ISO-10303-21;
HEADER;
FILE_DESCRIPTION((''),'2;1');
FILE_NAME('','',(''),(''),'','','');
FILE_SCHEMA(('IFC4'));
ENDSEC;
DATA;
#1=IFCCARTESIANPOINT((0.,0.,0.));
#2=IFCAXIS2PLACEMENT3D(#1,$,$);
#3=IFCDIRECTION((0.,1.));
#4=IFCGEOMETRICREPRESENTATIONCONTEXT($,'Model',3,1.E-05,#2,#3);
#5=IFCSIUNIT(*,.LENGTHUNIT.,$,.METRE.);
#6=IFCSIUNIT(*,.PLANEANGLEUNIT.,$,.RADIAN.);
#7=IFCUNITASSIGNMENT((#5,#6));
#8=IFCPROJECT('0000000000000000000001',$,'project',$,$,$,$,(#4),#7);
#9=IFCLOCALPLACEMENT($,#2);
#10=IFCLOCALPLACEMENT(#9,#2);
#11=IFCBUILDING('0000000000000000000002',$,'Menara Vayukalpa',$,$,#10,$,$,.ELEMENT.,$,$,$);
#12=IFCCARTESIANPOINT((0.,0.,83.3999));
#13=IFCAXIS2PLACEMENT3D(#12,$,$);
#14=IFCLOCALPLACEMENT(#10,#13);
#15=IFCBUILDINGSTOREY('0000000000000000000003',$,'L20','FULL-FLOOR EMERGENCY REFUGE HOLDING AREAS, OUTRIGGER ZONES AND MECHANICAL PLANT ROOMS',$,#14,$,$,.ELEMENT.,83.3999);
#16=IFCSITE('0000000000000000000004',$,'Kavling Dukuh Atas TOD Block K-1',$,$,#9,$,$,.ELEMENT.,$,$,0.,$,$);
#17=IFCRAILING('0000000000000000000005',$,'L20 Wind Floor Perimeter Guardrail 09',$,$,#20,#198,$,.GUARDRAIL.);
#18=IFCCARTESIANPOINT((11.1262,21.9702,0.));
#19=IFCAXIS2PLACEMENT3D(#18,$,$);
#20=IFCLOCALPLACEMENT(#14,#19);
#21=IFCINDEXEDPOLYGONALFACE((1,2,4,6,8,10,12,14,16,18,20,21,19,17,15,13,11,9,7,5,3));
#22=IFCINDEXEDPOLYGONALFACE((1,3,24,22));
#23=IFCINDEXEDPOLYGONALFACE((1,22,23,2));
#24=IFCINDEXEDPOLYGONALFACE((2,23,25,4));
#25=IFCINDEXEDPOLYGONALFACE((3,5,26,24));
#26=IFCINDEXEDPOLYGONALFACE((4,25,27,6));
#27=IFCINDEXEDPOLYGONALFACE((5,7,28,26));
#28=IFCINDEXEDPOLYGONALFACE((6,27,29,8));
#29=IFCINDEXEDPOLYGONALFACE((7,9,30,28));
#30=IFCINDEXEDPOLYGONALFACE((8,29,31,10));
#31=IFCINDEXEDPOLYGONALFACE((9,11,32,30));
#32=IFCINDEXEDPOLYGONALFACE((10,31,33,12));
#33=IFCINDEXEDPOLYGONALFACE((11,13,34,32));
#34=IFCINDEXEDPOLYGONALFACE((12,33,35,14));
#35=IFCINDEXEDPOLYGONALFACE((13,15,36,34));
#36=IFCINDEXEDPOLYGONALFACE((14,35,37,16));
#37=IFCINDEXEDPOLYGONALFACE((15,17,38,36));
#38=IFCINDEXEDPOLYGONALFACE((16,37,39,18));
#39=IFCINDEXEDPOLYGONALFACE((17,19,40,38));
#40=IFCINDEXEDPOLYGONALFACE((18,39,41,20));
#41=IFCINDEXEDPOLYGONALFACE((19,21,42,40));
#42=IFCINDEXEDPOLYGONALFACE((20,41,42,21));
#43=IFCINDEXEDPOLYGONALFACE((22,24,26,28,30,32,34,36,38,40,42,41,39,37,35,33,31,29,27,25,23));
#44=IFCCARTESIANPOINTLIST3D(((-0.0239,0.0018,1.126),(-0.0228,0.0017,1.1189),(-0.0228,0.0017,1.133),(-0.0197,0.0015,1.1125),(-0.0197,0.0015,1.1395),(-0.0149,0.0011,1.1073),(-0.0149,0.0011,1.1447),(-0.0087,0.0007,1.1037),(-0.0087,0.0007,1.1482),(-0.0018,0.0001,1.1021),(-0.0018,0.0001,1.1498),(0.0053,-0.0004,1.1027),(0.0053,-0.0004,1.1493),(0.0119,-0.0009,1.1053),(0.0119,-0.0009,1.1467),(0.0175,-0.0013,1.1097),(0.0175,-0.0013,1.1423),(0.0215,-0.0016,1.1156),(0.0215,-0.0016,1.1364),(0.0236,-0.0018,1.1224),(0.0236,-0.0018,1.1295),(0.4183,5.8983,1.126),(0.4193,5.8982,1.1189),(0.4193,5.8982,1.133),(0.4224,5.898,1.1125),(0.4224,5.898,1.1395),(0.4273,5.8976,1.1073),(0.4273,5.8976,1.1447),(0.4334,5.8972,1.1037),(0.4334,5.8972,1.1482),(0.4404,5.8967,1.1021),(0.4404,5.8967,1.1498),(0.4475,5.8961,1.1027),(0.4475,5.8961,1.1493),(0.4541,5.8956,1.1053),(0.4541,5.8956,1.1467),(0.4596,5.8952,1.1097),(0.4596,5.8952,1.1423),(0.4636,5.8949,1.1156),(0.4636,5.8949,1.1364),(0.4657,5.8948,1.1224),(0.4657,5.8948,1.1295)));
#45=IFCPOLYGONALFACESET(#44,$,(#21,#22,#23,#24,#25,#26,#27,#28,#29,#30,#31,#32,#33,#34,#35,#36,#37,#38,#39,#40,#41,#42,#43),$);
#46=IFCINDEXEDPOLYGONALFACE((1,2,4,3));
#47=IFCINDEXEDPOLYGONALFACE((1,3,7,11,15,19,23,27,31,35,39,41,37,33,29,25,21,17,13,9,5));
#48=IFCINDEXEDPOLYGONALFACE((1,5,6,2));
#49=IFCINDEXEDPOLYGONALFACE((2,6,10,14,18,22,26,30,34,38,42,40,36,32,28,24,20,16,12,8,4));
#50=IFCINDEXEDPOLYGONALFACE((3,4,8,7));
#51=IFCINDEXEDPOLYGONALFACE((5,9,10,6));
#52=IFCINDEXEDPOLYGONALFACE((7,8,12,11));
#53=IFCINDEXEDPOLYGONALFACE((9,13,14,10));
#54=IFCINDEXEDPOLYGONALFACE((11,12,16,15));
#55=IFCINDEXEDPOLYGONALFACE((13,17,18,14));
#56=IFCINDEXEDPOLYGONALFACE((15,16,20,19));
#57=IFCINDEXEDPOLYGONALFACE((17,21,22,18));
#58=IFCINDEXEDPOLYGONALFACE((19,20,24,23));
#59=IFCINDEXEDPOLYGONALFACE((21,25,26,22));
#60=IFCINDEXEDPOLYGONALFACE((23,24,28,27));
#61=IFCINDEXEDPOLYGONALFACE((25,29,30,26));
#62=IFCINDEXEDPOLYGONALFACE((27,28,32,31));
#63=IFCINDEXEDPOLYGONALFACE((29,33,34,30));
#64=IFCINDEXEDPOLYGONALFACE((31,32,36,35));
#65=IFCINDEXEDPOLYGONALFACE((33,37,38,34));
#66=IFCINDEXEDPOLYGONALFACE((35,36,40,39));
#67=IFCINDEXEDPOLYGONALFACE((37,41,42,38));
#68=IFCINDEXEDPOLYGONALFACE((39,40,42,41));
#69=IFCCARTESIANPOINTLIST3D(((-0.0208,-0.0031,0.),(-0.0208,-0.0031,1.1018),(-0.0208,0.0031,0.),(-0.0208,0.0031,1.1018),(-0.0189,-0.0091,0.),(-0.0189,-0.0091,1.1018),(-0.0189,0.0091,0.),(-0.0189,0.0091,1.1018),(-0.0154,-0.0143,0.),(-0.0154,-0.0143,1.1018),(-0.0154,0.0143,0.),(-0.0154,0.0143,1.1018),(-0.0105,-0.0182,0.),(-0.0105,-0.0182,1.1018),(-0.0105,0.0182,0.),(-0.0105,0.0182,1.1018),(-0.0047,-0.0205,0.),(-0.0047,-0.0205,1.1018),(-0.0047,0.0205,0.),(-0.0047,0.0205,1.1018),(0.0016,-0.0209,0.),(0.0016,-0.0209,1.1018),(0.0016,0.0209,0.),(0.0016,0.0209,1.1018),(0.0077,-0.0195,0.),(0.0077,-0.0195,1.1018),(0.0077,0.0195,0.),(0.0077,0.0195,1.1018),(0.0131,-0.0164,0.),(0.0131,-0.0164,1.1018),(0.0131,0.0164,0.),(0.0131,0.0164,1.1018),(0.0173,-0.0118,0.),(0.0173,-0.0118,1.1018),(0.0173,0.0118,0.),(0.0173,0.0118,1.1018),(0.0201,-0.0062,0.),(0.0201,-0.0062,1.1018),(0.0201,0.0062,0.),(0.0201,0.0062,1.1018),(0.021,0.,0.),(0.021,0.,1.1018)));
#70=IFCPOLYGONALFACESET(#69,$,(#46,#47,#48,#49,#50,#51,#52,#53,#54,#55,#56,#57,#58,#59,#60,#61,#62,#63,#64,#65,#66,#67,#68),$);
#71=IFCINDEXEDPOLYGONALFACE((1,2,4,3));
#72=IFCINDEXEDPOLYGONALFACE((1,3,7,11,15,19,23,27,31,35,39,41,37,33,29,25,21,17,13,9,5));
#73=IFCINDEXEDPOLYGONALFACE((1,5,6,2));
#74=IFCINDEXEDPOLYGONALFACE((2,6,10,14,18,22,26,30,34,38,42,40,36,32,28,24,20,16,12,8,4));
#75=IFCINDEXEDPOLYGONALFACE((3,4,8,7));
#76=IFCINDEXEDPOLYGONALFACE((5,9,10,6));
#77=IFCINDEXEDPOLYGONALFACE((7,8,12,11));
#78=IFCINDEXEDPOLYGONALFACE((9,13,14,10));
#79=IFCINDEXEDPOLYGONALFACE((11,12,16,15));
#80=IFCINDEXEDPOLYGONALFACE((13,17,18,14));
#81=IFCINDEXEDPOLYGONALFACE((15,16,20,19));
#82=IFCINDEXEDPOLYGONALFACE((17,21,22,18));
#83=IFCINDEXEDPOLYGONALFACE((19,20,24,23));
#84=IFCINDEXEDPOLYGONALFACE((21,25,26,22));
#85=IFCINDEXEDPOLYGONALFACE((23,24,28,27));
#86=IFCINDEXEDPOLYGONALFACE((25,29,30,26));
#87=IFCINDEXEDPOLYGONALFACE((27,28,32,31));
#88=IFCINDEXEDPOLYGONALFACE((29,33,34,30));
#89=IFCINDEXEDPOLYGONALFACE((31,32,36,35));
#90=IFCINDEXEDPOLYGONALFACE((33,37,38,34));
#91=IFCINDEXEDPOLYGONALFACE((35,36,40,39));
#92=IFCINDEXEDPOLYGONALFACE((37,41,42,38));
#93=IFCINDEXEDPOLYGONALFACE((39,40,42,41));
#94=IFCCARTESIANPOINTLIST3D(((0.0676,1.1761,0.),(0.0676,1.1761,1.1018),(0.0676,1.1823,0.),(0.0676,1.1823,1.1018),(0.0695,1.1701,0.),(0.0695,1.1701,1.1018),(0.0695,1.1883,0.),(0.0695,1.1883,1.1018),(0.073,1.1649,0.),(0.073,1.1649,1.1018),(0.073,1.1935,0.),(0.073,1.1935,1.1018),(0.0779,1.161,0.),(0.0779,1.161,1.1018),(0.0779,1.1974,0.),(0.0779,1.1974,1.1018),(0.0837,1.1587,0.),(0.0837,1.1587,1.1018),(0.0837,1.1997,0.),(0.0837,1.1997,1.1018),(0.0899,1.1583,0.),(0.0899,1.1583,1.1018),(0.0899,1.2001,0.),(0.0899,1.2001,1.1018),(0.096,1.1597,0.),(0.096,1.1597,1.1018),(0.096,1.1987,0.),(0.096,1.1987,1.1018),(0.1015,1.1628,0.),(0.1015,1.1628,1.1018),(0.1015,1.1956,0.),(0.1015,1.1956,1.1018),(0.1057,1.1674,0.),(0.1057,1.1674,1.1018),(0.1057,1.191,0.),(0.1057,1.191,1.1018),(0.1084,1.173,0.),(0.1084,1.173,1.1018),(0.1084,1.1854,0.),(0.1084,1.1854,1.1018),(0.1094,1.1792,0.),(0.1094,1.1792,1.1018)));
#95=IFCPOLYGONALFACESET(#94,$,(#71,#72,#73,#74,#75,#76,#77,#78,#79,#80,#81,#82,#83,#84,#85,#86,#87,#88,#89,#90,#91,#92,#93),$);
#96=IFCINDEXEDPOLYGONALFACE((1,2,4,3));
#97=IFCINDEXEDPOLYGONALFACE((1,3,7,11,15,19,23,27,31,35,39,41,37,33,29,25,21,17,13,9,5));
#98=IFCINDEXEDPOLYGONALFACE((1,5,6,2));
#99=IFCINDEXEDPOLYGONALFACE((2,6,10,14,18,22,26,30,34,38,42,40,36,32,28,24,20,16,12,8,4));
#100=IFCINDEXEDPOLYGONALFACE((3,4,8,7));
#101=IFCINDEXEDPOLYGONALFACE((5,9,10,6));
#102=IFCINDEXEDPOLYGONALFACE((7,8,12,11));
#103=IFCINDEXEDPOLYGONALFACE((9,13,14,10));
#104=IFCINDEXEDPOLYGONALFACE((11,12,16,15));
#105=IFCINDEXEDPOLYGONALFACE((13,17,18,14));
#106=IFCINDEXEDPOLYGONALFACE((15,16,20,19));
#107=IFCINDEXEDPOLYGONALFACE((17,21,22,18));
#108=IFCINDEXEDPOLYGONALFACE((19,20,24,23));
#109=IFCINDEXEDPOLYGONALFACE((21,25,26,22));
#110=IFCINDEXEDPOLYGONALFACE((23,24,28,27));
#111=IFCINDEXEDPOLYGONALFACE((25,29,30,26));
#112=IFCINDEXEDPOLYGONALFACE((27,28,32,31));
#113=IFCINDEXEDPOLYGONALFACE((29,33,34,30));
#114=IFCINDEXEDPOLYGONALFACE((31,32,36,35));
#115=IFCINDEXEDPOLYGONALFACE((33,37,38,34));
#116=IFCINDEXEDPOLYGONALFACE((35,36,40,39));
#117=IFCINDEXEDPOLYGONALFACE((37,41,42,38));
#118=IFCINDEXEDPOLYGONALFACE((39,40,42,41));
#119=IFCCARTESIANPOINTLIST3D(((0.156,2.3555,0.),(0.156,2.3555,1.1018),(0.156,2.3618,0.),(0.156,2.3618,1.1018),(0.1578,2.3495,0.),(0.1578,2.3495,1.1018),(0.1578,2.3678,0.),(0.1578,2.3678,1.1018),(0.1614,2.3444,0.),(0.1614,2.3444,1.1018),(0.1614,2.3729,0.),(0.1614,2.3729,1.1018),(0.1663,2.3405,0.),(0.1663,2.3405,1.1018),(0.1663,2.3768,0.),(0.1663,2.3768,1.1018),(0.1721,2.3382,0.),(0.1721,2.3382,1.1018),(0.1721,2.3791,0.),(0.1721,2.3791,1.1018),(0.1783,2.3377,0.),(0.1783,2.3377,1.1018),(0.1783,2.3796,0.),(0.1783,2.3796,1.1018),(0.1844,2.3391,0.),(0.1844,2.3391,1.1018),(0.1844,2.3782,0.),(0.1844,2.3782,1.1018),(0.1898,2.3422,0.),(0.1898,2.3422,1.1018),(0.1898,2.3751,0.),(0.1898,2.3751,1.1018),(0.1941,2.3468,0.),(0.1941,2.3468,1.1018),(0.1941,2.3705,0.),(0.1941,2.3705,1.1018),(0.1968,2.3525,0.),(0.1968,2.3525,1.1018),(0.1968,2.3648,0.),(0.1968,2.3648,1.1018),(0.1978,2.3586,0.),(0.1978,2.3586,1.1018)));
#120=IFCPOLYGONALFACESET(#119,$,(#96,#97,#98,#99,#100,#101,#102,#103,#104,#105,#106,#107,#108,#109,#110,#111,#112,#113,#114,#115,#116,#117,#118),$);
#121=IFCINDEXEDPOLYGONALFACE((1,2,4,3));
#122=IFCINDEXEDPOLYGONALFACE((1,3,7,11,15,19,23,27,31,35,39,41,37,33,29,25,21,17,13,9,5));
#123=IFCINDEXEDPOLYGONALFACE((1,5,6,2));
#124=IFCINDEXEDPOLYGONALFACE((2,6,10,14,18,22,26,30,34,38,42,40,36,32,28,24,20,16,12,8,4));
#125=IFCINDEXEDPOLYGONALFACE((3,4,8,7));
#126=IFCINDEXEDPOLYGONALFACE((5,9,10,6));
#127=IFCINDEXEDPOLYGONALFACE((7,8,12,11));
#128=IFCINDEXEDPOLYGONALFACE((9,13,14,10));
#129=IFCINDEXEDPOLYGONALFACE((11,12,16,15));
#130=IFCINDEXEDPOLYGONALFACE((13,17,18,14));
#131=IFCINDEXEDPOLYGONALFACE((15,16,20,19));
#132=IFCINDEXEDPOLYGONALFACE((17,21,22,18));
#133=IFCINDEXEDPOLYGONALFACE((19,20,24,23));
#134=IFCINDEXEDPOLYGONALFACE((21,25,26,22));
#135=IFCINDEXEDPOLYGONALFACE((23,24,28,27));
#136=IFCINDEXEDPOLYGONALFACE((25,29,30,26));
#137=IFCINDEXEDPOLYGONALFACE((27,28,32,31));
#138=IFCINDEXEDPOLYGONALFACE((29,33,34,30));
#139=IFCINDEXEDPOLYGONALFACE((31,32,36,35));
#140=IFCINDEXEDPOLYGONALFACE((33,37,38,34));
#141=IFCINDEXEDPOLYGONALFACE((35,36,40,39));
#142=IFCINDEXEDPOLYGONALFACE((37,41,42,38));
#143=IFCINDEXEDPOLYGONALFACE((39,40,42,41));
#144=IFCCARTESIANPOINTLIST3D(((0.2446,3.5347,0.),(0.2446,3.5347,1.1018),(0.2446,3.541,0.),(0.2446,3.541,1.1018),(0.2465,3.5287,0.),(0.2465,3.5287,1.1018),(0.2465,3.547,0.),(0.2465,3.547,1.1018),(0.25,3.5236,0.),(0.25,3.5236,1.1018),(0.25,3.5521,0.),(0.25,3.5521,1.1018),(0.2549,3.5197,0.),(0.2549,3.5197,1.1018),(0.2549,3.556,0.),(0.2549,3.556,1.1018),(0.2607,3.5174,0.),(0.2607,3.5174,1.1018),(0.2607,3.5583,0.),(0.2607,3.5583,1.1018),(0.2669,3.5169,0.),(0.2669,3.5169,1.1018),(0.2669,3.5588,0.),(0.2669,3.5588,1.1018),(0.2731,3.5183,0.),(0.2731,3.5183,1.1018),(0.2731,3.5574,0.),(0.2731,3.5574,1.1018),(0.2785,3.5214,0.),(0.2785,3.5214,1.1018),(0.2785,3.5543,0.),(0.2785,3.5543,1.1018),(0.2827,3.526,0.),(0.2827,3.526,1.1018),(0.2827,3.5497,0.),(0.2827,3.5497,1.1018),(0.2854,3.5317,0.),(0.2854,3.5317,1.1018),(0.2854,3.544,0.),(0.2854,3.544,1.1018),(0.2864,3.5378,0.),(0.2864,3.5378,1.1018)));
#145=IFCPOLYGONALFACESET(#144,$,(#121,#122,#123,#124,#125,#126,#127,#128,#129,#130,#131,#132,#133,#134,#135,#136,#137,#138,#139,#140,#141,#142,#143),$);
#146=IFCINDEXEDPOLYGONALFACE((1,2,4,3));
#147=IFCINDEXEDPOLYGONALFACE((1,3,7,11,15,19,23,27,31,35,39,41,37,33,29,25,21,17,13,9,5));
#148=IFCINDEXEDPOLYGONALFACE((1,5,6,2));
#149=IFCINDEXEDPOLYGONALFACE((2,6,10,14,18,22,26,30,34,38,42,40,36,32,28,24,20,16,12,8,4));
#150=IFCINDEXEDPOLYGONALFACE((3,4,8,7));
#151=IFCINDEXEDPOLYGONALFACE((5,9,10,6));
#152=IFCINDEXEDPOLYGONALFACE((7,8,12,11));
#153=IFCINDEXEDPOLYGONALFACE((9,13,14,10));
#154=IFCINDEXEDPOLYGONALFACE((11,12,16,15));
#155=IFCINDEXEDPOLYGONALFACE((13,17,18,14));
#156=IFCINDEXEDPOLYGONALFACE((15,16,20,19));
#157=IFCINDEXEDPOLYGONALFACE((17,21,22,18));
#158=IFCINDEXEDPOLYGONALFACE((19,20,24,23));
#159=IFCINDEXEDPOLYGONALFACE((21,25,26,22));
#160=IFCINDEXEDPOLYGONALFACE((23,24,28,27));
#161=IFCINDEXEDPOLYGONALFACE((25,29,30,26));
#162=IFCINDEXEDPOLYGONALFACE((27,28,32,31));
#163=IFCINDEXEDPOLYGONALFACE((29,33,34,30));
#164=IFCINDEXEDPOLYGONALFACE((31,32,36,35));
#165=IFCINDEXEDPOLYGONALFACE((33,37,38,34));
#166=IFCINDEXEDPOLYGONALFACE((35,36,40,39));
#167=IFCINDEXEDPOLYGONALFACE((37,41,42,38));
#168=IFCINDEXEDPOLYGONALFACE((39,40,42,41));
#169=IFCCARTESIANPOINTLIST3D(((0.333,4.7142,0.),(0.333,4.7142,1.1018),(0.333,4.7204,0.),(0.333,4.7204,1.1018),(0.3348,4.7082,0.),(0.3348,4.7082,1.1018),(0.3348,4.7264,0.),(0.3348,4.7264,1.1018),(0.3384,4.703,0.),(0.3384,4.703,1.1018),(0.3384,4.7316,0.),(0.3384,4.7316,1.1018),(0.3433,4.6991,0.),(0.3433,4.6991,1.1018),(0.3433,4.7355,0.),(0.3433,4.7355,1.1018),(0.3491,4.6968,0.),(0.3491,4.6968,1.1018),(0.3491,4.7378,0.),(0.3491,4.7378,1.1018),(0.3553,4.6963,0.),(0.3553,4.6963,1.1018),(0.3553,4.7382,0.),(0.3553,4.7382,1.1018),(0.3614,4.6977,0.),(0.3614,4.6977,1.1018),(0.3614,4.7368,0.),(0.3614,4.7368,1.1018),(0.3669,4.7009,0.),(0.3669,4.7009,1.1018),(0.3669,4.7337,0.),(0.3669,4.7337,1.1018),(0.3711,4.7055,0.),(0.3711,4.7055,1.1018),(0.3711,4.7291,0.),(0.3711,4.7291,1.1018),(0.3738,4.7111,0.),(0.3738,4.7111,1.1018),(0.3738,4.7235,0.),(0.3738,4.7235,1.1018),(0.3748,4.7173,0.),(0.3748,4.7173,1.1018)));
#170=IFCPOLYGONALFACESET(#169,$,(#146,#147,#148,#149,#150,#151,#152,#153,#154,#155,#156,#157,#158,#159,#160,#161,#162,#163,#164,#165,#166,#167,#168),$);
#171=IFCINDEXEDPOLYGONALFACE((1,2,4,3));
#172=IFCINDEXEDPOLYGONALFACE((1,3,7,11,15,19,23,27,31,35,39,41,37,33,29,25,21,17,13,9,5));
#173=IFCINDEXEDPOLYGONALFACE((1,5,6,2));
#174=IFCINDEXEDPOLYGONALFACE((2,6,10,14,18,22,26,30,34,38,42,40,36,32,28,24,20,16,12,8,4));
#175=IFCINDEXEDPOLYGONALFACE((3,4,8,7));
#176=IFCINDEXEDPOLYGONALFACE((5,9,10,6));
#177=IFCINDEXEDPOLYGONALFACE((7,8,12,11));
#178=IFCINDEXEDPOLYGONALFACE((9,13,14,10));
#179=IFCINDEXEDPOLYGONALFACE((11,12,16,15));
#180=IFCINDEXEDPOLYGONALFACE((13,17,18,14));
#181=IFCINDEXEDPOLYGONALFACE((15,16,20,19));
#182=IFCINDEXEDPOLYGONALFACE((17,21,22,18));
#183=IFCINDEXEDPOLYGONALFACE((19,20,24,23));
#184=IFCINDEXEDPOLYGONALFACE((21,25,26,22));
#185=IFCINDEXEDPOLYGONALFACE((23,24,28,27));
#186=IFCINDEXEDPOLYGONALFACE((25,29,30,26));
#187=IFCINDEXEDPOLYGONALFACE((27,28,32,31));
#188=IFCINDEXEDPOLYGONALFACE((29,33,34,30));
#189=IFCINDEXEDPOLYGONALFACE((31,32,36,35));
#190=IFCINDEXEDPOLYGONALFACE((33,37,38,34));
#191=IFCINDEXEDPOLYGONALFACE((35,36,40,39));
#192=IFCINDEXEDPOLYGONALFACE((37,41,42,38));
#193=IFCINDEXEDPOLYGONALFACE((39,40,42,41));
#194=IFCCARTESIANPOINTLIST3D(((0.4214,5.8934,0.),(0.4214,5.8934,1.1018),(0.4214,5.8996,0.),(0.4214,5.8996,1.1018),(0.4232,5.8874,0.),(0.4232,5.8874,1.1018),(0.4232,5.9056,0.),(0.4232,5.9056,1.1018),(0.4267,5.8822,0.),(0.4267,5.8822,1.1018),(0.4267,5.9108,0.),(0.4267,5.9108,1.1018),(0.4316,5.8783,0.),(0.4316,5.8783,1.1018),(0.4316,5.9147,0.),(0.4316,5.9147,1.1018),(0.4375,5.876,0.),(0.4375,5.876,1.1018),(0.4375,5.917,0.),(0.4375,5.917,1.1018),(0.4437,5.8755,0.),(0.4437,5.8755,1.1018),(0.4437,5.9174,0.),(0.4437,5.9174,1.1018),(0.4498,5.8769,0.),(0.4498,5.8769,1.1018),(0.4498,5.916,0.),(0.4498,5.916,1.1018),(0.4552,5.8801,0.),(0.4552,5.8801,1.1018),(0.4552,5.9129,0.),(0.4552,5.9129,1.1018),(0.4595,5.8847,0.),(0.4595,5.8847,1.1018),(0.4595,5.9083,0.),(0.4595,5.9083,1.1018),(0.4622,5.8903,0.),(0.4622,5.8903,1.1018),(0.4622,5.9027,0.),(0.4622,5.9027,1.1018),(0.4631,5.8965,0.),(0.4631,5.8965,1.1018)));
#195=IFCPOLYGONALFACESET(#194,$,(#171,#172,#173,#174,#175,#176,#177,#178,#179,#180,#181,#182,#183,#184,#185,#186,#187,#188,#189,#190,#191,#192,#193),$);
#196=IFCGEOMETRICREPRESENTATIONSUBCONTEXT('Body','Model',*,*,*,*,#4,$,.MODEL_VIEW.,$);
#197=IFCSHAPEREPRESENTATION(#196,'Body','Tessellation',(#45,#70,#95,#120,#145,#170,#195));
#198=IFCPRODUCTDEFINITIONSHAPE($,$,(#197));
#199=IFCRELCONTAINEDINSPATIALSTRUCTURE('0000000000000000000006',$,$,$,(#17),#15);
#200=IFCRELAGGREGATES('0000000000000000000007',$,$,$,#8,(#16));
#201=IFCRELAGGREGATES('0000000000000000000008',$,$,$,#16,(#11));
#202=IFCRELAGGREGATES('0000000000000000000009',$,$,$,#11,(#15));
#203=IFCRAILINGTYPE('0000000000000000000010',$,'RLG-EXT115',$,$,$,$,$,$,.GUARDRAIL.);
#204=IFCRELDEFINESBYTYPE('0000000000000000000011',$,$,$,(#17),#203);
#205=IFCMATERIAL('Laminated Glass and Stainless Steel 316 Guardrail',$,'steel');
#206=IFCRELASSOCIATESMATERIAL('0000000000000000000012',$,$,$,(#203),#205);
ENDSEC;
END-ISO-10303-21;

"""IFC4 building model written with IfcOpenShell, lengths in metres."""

from ifc_helpers import new_model, si_unit, direction, frame, origin, origin_2d, place, context, subcontext, project, spatial, circle, extrude, material, type_object, element, save


model = new_model("IFC4")

# Units and contexts
model_context = context("Model", 3, precision=1e-05, world=origin(), true_north=direction((0.0, 1.0)))
body_context = subcontext(model_context, "Body", "Model", "MODEL_VIEW")
ifc_project = project(units=[si_unit("LENGTHUNIT", "METRE"), si_unit("PLANEANGLEUNIT", "RADIAN")], contexts=[model_context])

# Site, building, storey
site_placement = place(None, origin())
site = spatial("IfcSite", under=ifc_project, at=site_placement, Name="Kavling Dukuh Atas TOD Block K-1", CompositionType="ELEMENT", RefElevation=0.0)
building_placement = place(site_placement, origin())
building = spatial("IfcBuilding", under=site, at=building_placement, Name="Menara Vayukalpa", CompositionType="ELEMENT")
storey_placement = place(building_placement, frame((0.0, 0.0, 83.3999)))
storey = spatial("IfcBuildingStorey", under=building, at=storey_placement, Name="L20", Description="FULL-FLOOR EMERGENCY REFUGE HOLDING AREAS, OUTRIGGER ZONES AND MECHANICAL PLANT ROOMS", CompositionType="ELEMENT", Elevation=83.3999)

# Railing
ifc_material_1 = material(Name="Laminated Glass and Stainless Steel 316 Guardrail", Category="steel")
railing_type_1 = type_object("IfcRailingType", Name="RLG-EXT115", PredefinedType="GUARDRAIL", material=ifc_material_1)
railing_1_placement = place(storey_placement, frame((11.1262, 21.9702, 0.0)))
element("IfcRailing", 1, at=railing_1_placement, inside=storey, type_object=railing_type_1, Name="L20 Wind Floor Perimeter Guardrail 09", PredefinedType="GUARDRAIL", context=body_context, shape_type="SweptSolid", body=[
    extrude(circle(Radius=0.0239, at=origin_2d()), frame((0.0, 0.0, 1.126), z_axis=(0.074774, 0.997201, 0.0), x_axis=(-0.997201, 0.074774, 0.0)), (0.0, 0.0, 1.0), 5.9131),
    extrude(circle(Radius=0.021, at=origin_2d()), origin(), (0.0, 0.0, 1.0), 1.1018),
    extrude(circle(Radius=0.021, at=origin_2d()), frame((0.0884, 1.1792, 0.0)), (0.0, 0.0, 1.0), 1.1018),
    extrude(circle(Radius=0.021, at=origin_2d()), frame((0.1768, 2.3586, 0.0)), (0.0, 0.0, 1.0), 1.1018),
    extrude(circle(Radius=0.021, at=origin_2d()), frame((0.2654, 3.5378, 0.0)), (0.0, 0.0, 1.0), 1.1018),
    extrude(circle(Radius=0.021, at=origin_2d()), frame((0.3538, 4.7173, 0.0)), (0.0, 0.0, 1.0), 1.1018),
    extrude(circle(Radius=0.021, at=origin_2d()), frame((0.4421, 5.8965, 0.0)), (0.0, 0.0, 1.0), 1.1018),
])

save(model, "model.ifc")
